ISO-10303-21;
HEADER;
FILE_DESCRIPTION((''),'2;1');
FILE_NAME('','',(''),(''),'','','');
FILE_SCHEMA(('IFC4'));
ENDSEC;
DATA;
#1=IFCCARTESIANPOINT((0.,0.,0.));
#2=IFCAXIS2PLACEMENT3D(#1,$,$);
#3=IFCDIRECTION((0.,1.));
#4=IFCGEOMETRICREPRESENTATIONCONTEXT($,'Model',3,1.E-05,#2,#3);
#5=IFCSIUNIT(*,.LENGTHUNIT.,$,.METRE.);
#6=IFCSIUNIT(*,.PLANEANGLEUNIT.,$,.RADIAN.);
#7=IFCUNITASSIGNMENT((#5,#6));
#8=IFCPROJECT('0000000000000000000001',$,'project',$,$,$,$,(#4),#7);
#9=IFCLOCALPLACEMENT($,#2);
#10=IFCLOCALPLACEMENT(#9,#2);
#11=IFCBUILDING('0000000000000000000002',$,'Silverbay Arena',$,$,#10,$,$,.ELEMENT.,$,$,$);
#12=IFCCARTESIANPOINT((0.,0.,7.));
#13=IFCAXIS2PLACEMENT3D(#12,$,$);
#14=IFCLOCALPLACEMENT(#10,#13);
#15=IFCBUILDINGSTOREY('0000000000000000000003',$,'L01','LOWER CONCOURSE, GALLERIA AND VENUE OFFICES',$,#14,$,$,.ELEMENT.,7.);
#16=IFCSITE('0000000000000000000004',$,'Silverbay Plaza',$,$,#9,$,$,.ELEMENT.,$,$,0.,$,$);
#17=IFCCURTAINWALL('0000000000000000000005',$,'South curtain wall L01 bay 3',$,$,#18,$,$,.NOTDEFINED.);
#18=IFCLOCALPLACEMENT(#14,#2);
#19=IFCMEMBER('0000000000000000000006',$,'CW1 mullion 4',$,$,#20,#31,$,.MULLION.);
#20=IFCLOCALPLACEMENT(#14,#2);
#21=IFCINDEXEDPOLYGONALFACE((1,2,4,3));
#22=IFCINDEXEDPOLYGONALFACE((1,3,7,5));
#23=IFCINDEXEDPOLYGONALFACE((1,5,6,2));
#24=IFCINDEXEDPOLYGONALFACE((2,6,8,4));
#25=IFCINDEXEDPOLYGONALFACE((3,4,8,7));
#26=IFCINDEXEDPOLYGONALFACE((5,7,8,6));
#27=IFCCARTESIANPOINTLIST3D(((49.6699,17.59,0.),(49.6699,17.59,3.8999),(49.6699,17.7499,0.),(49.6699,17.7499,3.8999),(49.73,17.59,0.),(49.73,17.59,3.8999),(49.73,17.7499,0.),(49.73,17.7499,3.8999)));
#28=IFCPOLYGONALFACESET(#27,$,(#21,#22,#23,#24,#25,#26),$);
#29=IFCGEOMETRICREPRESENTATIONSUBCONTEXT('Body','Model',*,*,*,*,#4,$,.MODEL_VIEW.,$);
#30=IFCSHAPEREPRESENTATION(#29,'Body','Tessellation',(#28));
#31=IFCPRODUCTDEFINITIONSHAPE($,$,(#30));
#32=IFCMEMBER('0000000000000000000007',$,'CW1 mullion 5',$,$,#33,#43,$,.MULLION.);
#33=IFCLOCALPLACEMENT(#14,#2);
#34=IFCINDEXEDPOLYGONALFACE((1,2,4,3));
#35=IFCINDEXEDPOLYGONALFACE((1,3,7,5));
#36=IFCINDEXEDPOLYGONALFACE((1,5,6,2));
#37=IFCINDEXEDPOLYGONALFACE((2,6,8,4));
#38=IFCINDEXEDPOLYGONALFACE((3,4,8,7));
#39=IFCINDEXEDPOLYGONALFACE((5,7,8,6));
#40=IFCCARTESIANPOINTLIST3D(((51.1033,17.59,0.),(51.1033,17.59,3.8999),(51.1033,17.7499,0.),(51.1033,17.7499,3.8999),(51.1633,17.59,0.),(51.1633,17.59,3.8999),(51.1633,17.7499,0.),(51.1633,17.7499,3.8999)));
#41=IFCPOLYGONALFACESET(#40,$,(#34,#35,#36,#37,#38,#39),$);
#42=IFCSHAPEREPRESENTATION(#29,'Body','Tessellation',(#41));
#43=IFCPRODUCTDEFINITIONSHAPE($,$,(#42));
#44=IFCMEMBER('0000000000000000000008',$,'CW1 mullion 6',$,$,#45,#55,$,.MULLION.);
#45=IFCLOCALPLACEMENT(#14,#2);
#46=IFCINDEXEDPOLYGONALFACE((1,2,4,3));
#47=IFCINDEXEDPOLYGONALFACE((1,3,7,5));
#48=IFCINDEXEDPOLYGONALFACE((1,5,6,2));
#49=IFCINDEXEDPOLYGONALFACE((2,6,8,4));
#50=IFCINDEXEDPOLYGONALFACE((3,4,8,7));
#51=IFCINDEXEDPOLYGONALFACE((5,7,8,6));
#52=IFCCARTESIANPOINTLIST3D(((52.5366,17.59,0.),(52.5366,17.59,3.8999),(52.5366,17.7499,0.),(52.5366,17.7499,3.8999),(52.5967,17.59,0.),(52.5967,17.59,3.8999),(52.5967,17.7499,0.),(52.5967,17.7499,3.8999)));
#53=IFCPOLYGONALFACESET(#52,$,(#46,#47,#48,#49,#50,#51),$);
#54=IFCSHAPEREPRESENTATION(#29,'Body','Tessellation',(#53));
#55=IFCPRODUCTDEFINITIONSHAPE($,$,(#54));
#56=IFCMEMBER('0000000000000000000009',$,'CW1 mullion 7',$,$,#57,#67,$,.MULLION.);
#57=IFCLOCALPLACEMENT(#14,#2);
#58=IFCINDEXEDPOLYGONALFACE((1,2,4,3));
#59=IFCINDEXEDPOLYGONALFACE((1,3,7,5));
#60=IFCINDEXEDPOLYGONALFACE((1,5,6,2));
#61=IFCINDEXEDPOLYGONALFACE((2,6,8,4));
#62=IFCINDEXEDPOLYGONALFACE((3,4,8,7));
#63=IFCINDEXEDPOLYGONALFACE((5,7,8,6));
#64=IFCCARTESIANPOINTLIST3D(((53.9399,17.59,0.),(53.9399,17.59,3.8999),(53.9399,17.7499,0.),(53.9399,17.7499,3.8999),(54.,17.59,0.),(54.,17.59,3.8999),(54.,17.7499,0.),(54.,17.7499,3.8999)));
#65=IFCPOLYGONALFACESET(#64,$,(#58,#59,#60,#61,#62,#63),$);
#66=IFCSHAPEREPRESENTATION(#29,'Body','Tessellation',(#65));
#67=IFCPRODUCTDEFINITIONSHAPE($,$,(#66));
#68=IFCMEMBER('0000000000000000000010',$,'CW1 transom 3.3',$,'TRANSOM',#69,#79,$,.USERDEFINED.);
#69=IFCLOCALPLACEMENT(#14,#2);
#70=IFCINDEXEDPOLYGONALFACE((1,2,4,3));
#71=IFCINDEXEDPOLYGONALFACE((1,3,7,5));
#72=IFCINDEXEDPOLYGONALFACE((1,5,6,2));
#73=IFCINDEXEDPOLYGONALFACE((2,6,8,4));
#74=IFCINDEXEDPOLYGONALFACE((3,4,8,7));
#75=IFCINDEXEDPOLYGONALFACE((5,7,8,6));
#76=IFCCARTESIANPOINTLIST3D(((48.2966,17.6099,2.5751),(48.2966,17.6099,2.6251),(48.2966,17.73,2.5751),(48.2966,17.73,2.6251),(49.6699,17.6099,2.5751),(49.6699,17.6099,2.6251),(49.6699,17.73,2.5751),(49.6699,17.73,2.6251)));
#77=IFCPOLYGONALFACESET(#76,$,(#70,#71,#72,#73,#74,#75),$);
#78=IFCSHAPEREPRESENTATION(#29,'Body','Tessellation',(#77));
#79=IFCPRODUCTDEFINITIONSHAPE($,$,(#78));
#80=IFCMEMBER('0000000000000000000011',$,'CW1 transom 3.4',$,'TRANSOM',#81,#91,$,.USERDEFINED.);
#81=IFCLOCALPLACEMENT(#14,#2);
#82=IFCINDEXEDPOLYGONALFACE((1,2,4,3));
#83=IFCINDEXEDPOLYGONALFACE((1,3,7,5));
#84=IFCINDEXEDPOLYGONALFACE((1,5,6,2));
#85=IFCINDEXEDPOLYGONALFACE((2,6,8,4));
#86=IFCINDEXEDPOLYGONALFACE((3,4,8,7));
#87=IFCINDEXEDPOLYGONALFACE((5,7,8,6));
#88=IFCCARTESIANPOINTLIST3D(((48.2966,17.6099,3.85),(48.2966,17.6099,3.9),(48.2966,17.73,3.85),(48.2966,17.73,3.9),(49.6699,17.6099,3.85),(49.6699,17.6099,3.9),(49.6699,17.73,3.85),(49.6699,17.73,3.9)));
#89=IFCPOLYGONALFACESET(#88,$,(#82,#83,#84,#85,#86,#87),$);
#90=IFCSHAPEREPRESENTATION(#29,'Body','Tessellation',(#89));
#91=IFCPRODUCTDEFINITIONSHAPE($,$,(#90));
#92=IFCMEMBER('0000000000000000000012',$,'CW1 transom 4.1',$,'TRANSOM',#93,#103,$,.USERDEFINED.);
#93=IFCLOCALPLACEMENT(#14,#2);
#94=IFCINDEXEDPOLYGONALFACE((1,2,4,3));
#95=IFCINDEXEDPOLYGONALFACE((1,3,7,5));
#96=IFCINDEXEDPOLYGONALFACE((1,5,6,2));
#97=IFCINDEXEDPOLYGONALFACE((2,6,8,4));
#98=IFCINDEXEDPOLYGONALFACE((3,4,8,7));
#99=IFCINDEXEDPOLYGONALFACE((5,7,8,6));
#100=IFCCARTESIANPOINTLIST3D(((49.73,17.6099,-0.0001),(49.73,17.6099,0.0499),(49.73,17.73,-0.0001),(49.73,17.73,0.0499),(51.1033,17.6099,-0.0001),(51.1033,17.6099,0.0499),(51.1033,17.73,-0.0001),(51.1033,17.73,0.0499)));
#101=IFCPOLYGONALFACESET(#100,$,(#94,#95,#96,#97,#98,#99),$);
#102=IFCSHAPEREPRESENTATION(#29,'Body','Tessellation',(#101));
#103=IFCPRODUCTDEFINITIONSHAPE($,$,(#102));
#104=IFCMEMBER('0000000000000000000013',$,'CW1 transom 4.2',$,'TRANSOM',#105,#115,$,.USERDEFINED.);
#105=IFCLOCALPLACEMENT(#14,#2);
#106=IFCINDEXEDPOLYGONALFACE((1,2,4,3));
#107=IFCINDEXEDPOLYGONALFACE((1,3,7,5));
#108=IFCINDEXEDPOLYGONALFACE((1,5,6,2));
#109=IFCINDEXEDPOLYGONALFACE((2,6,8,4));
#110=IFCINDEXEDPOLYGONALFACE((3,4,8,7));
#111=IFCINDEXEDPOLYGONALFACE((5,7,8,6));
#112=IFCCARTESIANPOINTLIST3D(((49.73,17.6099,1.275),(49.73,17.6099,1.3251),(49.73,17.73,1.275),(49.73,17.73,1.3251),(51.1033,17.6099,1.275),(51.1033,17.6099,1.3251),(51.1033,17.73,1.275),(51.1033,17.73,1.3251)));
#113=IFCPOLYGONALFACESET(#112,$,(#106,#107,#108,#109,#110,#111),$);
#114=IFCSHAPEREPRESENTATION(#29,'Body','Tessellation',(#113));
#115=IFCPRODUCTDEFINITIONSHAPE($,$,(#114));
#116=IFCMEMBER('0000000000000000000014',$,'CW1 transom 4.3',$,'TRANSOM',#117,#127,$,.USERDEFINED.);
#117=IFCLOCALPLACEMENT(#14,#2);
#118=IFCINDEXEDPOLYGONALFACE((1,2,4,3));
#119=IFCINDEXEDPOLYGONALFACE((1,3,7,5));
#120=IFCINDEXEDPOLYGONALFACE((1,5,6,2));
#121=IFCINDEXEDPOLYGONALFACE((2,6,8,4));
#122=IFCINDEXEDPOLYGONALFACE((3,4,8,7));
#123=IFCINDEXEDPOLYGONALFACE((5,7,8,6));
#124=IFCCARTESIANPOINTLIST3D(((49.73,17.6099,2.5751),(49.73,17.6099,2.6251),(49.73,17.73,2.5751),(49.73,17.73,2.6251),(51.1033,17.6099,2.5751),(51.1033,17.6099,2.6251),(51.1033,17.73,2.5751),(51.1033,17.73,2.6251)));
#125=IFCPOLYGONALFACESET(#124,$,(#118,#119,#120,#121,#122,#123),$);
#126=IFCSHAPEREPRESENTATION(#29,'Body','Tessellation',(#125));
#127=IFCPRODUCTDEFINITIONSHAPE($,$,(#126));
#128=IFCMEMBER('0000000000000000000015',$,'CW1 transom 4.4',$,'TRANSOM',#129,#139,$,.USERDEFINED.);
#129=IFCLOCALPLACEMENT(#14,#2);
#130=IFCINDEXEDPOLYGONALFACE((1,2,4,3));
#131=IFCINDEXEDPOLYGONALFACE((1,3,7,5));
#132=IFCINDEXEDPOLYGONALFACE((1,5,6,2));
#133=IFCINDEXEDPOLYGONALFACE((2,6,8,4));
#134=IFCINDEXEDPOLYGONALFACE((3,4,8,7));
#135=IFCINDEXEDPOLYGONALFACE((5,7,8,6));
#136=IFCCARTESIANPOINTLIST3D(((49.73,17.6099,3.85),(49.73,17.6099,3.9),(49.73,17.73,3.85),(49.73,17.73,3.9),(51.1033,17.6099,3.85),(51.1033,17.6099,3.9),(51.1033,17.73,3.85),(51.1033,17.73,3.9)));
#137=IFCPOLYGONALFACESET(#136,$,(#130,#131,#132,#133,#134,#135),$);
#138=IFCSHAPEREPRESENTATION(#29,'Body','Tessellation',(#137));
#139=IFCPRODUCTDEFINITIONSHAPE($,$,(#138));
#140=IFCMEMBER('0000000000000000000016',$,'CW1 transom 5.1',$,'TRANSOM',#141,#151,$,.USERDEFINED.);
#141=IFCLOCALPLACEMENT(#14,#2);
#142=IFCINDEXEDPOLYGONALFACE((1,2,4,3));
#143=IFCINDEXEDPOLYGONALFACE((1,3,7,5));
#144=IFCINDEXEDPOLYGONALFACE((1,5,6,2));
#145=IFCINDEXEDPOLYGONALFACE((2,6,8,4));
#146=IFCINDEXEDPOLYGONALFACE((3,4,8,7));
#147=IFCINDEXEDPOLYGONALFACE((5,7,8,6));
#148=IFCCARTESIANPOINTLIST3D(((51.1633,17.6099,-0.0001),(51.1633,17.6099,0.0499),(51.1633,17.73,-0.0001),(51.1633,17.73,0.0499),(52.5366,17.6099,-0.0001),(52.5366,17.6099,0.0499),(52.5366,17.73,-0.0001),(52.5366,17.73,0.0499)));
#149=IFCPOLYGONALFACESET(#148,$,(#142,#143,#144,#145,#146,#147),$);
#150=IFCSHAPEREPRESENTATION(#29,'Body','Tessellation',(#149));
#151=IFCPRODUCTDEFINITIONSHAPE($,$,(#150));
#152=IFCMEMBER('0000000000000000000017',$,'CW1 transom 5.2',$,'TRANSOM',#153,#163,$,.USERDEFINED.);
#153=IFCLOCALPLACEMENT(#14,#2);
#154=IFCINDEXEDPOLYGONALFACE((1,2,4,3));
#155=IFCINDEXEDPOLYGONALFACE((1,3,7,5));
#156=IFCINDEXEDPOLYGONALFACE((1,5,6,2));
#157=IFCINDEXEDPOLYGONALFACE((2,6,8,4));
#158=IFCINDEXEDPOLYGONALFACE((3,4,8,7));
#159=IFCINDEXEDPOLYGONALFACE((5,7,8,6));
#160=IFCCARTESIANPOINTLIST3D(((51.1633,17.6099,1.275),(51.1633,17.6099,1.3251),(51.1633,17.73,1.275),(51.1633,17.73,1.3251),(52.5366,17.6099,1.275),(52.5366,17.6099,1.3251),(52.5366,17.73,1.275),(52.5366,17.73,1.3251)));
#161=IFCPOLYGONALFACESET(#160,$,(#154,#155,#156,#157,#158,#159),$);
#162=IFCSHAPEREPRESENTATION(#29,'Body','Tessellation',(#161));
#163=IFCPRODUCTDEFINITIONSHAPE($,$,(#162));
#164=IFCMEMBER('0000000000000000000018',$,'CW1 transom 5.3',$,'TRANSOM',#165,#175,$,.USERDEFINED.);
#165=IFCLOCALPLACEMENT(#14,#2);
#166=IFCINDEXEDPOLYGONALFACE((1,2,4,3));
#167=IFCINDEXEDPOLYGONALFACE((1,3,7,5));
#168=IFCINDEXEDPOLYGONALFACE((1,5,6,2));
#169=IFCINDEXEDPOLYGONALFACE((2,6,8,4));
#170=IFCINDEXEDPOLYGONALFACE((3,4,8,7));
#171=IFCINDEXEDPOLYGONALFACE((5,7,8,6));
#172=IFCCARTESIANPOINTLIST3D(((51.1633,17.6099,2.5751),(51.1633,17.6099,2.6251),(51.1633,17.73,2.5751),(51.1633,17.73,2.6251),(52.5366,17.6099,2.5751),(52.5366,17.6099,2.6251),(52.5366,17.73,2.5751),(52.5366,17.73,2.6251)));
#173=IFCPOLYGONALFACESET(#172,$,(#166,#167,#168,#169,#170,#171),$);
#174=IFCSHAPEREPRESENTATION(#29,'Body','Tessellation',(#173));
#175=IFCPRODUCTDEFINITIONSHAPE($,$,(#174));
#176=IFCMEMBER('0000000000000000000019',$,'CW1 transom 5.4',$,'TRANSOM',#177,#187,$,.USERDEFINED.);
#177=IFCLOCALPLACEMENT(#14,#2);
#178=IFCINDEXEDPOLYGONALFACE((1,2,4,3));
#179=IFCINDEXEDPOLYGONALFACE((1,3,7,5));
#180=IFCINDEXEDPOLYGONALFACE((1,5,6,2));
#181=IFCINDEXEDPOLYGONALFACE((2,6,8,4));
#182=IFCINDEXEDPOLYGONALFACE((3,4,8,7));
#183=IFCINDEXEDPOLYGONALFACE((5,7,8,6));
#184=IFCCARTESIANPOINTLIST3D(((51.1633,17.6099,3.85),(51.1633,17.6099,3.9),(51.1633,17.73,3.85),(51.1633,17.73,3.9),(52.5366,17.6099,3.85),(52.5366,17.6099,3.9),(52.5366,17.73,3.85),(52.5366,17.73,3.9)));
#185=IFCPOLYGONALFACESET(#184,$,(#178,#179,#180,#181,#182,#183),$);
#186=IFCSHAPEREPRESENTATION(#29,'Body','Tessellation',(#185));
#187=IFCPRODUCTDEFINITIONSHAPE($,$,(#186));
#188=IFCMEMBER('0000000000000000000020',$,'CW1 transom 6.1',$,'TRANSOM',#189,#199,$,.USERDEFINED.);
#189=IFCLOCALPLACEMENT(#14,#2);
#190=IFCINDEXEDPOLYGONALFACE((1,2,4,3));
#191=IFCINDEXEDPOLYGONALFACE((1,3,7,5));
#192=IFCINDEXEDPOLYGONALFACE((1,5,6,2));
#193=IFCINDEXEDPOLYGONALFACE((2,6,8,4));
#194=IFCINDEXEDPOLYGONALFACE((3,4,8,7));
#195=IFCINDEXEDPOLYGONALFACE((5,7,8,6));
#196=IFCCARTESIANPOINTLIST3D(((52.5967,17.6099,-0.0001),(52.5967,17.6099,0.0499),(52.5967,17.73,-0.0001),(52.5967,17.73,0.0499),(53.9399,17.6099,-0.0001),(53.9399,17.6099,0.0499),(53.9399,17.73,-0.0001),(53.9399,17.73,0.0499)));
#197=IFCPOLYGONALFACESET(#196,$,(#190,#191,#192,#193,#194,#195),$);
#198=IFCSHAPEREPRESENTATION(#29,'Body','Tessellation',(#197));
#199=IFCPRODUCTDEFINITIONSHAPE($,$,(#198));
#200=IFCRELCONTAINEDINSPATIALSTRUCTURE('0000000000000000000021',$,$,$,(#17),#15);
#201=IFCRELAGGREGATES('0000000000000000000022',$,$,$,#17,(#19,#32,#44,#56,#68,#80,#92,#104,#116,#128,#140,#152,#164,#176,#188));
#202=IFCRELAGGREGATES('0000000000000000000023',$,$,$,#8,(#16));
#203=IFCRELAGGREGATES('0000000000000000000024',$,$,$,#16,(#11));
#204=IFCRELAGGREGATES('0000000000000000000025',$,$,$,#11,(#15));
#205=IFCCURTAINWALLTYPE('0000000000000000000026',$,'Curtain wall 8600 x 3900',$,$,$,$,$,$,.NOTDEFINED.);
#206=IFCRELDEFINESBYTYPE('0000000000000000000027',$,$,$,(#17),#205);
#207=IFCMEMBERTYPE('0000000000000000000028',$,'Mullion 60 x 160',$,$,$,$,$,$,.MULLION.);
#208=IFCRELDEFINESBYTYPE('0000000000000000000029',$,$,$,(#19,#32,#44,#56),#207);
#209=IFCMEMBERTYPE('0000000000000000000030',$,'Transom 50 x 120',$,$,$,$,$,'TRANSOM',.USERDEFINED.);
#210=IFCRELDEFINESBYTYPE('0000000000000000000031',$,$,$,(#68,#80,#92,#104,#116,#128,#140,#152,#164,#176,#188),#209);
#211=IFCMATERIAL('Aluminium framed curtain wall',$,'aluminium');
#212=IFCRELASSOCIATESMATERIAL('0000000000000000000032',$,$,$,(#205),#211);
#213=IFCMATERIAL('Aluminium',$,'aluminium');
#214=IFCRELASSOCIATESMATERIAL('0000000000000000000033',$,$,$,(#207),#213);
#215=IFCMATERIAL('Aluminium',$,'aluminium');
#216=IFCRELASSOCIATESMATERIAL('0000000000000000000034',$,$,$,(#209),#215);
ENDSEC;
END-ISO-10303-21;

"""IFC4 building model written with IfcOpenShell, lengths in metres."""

from ifc_helpers import new_model, si_unit, direction, frame, origin, origin_2d, place, context, subcontext, project, spatial, rectangle, extrude, material, material_profile, profile_set, type_object, element, aggregate, save


model = new_model("IFC4")

# Units and contexts
model_context = context("Model", 3, precision=1e-05, world=origin(), true_north=direction((0.0, 1.0)))
body_context = subcontext(model_context, "Body", "Model", "MODEL_VIEW")
ifc_project = project(units=[si_unit("LENGTHUNIT", "METRE"), si_unit("PLANEANGLEUNIT", "RADIAN")], contexts=[model_context])

# Site, building, storey
site_placement = place(None, origin())
site = spatial("IfcSite", under=ifc_project, at=site_placement, Name="Silverbay Plaza", CompositionType="ELEMENT", RefElevation=0.0)
building_placement = place(site_placement, origin())
building = spatial("IfcBuilding", under=site, at=building_placement, Name="Silverbay Arena", CompositionType="ELEMENT")
storey_placement = place(building_placement, frame((0.0, 0.0, 7.0)))
storey = spatial("IfcBuildingStorey", under=building, at=storey_placement, Name="L01", Description="LOWER CONCOURSE, GALLERIA AND VENUE OFFICES", CompositionType="ELEMENT", Elevation=7.0)

# Curtain wall, members
ifc_material_1 = material(Name="Aluminium framed curtain wall", Category="aluminium")
curtain_wall_type = type_object("IfcCurtainWallType", Name="Curtain wall 8600 x 3900", PredefinedType="NOTDEFINED", material=ifc_material_1)
curtain_wall_placement = place(storey_placement, origin())
curtain_wall = element("IfcCurtainWall", 1, at=curtain_wall_placement, inside=storey, type_object=curtain_wall_type, Name="South curtain wall L01 bay 3", PredefinedType="NOTDEFINED")
ifc_material_2 = material(Name="Aluminium", Category="aluminium")
ifc_material_profile_1 = material_profile(ifc_material_2, rectangle(XDim=0.1599, YDim=0.0601, at=origin_2d()), Name="Mullion 60 x 160")
ifc_profile_set_1 = profile_set([ifc_material_profile_1], Name="Aluminium")
member_type_1 = type_object("IfcMemberType", Name="Mullion 60 x 160", PredefinedType="MULLION", material=ifc_profile_set_1)
member_1_placement = place(storey_placement, frame((49.7, 17.6699, 0.0), z_axis=(0.0, 0.0, 1.0), x_axis=(0.0, 1.0, 0.0)))
member_1 = element("IfcMember", 2, at=member_1_placement, type_object=member_type_1, Name="CW1 mullion 4", PredefinedType="MULLION", context=body_context, shape_type="SweptSolid", body=[
    extrude(rectangle(XDim=0.1599, YDim=0.0601, at=origin_2d()), origin(), (0.0, 0.0, 1.0), 3.8999),
])
member_2_placement = place(storey_placement, frame((51.1333, 17.6699, 0.0), z_axis=(0.0, 0.0, 1.0), x_axis=(0.0, 1.0, 0.0)))
member_2 = element("IfcMember", 3, at=member_2_placement, type_object=member_type_1, Name="CW1 mullion 5", PredefinedType="MULLION", context=body_context, shape_type="SweptSolid", body=[
    extrude(rectangle(XDim=0.1599, YDim=0.0601, at=origin_2d()), origin(), (0.0, 0.0, 1.0), 3.8999),
])
member_3_placement = place(storey_placement, frame((52.5667, 17.6699, 0.0), z_axis=(0.0, 0.0, 1.0), x_axis=(0.0, 1.0, 0.0)))
member_3 = element("IfcMember", 4, at=member_3_placement, type_object=member_type_1, Name="CW1 mullion 6", PredefinedType="MULLION", context=body_context, shape_type="SweptSolid", body=[
    extrude(rectangle(XDim=0.1599, YDim=0.0601, at=origin_2d()), origin(), (0.0, 0.0, 1.0), 3.8999),
])
member_4_placement = place(storey_placement, frame((53.97, 17.6699, 0.0), z_axis=(0.0, 0.0, 1.0), x_axis=(0.0, 1.0, 0.0)))
member_4 = element("IfcMember", 5, at=member_4_placement, type_object=member_type_1, Name="CW1 mullion 7", PredefinedType="MULLION", context=body_context, shape_type="SweptSolid", body=[
    extrude(rectangle(XDim=0.1599, YDim=0.0601, at=origin_2d()), origin(), (0.0, 0.0, 1.0), 3.8999),
])
ifc_material_3 = material(Name="Aluminium", Category="aluminium")
ifc_material_profile_2 = material_profile(ifc_material_3, rectangle(XDim=0.1201, YDim=0.05, at=origin_2d()), Name="Transom 50 x 120")
ifc_profile_set_2 = profile_set([ifc_material_profile_2], Name="Aluminium")
member_type_2 = type_object("IfcMemberType", Name="Transom 50 x 120", ElementType="TRANSOM", PredefinedType="USERDEFINED", material=ifc_profile_set_2)
member_5_placement = place(storey_placement, frame((48.2966, 17.6699, 2.6001), z_axis=(1.0, 0.0, 0.0), x_axis=(0.0, 1.0, 0.0)))
member_5 = element("IfcMember", 6, at=member_5_placement, type_object=member_type_2, Name="CW1 transom 3.3", ObjectType="TRANSOM", PredefinedType="USERDEFINED", context=body_context, shape_type="SweptSolid", body=[
    extrude(rectangle(XDim=0.1201, YDim=0.05, at=origin_2d()), origin(), (0.0, 0.0, 1.0), 1.3733),
])
member_6_placement = place(storey_placement, frame((48.2966, 17.6699, 3.875), z_axis=(1.0, 0.0, 0.0), x_axis=(0.0, 1.0, 0.0)))
member_6 = element("IfcMember", 7, at=member_6_placement, type_object=member_type_2, Name="CW1 transom 3.4", ObjectType="TRANSOM", PredefinedType="USERDEFINED", context=body_context, shape_type="SweptSolid", body=[
    extrude(rectangle(XDim=0.1201, YDim=0.05, at=origin_2d()), origin(), (0.0, 0.0, 1.0), 1.3733),
])
member_7_placement = place(storey_placement, frame((49.73, 17.6699, 0.0249), z_axis=(1.0, 0.0, 0.0), x_axis=(0.0, 1.0, 0.0)))
member_7 = element("IfcMember", 8, at=member_7_placement, type_object=member_type_2, Name="CW1 transom 4.1", ObjectType="TRANSOM", PredefinedType="USERDEFINED", context=body_context, shape_type="SweptSolid", body=[
    extrude(rectangle(XDim=0.1201, YDim=0.05, at=origin_2d()), origin(), (0.0, 0.0, 1.0), 1.3733),
])
member_8_placement = place(storey_placement, frame((49.73, 17.6699, 1.3), z_axis=(1.0, 0.0, 0.0), x_axis=(0.0, 1.0, 0.0)))
member_8 = element("IfcMember", 9, at=member_8_placement, type_object=member_type_2, Name="CW1 transom 4.2", ObjectType="TRANSOM", PredefinedType="USERDEFINED", context=body_context, shape_type="SweptSolid", body=[
    extrude(rectangle(XDim=0.1201, YDim=0.05, at=origin_2d()), origin(), (0.0, 0.0, 1.0), 1.3733),
])
member_9_placement = place(storey_placement, frame((49.73, 17.6699, 2.6001), z_axis=(1.0, 0.0, 0.0), x_axis=(0.0, 1.0, 0.0)))
member_9 = element("IfcMember", 10, at=member_9_placement, type_object=member_type_2, Name="CW1 transom 4.3", ObjectType="TRANSOM", PredefinedType="USERDEFINED", context=body_context, shape_type="SweptSolid", body=[
    extrude(rectangle(XDim=0.1201, YDim=0.05, at=origin_2d()), origin(), (0.0, 0.0, 1.0), 1.3733),
])
member_10_placement = place(storey_placement, frame((49.73, 17.6699, 3.875), z_axis=(1.0, 0.0, 0.0), x_axis=(0.0, 1.0, 0.0)))
member_10 = element("IfcMember", 11, at=member_10_placement, type_object=member_type_2, Name="CW1 transom 4.4", ObjectType="TRANSOM", PredefinedType="USERDEFINED", context=body_context, shape_type="SweptSolid", body=[
    extrude(rectangle(XDim=0.1201, YDim=0.05, at=origin_2d()), origin(), (0.0, 0.0, 1.0), 1.3733),
])
member_11_placement = place(storey_placement, frame((51.1633, 17.6699, 0.0249), z_axis=(1.0, 0.0, 0.0), x_axis=(0.0, 1.0, 0.0)))
member_11 = element("IfcMember", 12, at=member_11_placement, type_object=member_type_2, Name="CW1 transom 5.1", ObjectType="TRANSOM", PredefinedType="USERDEFINED", context=body_context, shape_type="SweptSolid", body=[
    extrude(rectangle(XDim=0.1201, YDim=0.05, at=origin_2d()), origin(), (0.0, 0.0, 1.0), 1.3733),
])
member_12_placement = place(storey_placement, frame((51.1633, 17.6699, 1.3), z_axis=(1.0, 0.0, 0.0), x_axis=(0.0, 1.0, 0.0)))
member_12 = element("IfcMember", 13, at=member_12_placement, type_object=member_type_2, Name="CW1 transom 5.2", ObjectType="TRANSOM", PredefinedType="USERDEFINED", context=body_context, shape_type="SweptSolid", body=[
    extrude(rectangle(XDim=0.1201, YDim=0.05, at=origin_2d()), origin(), (0.0, 0.0, 1.0), 1.3733),
])
member_13_placement = place(storey_placement, frame((51.1633, 17.6699, 2.6001), z_axis=(1.0, 0.0, 0.0), x_axis=(0.0, 1.0, 0.0)))
member_13 = element("IfcMember", 14, at=member_13_placement, type_object=member_type_2, Name="CW1 transom 5.3", ObjectType="TRANSOM", PredefinedType="USERDEFINED", context=body_context, shape_type="SweptSolid", body=[
    extrude(rectangle(XDim=0.1201, YDim=0.05, at=origin_2d()), origin(), (0.0, 0.0, 1.0), 1.3733),
])
member_14_placement = place(storey_placement, frame((51.1633, 17.6699, 3.875), z_axis=(1.0, 0.0, 0.0), x_axis=(0.0, 1.0, 0.0)))
member_14 = element("IfcMember", 15, at=member_14_placement, type_object=member_type_2, Name="CW1 transom 5.4", ObjectType="TRANSOM", PredefinedType="USERDEFINED", context=body_context, shape_type="SweptSolid", body=[
    extrude(rectangle(XDim=0.1201, YDim=0.05, at=origin_2d()), origin(), (0.0, 0.0, 1.0), 1.3733),
])
member_15_placement = place(storey_placement, frame((52.5967, 17.6699, 0.0249), z_axis=(1.0, 0.0, 0.0), x_axis=(0.0, 1.0, 0.0)))
member_15 = element("IfcMember", 16, at=member_15_placement, type_object=member_type_2, Name="CW1 transom 6.1", ObjectType="TRANSOM", PredefinedType="USERDEFINED", context=body_context, shape_type="SweptSolid", body=[
    extrude(rectangle(XDim=0.1201, YDim=0.05, at=origin_2d()), origin(), (0.0, 0.0, 1.0), 1.3433),
])
aggregate(curtain_wall, [member_1, member_2, member_3, member_4, member_5, member_6, member_7, member_8, member_9, member_10, member_11, member_12, member_13, member_14, member_15])

save(model, "model.ifc")
